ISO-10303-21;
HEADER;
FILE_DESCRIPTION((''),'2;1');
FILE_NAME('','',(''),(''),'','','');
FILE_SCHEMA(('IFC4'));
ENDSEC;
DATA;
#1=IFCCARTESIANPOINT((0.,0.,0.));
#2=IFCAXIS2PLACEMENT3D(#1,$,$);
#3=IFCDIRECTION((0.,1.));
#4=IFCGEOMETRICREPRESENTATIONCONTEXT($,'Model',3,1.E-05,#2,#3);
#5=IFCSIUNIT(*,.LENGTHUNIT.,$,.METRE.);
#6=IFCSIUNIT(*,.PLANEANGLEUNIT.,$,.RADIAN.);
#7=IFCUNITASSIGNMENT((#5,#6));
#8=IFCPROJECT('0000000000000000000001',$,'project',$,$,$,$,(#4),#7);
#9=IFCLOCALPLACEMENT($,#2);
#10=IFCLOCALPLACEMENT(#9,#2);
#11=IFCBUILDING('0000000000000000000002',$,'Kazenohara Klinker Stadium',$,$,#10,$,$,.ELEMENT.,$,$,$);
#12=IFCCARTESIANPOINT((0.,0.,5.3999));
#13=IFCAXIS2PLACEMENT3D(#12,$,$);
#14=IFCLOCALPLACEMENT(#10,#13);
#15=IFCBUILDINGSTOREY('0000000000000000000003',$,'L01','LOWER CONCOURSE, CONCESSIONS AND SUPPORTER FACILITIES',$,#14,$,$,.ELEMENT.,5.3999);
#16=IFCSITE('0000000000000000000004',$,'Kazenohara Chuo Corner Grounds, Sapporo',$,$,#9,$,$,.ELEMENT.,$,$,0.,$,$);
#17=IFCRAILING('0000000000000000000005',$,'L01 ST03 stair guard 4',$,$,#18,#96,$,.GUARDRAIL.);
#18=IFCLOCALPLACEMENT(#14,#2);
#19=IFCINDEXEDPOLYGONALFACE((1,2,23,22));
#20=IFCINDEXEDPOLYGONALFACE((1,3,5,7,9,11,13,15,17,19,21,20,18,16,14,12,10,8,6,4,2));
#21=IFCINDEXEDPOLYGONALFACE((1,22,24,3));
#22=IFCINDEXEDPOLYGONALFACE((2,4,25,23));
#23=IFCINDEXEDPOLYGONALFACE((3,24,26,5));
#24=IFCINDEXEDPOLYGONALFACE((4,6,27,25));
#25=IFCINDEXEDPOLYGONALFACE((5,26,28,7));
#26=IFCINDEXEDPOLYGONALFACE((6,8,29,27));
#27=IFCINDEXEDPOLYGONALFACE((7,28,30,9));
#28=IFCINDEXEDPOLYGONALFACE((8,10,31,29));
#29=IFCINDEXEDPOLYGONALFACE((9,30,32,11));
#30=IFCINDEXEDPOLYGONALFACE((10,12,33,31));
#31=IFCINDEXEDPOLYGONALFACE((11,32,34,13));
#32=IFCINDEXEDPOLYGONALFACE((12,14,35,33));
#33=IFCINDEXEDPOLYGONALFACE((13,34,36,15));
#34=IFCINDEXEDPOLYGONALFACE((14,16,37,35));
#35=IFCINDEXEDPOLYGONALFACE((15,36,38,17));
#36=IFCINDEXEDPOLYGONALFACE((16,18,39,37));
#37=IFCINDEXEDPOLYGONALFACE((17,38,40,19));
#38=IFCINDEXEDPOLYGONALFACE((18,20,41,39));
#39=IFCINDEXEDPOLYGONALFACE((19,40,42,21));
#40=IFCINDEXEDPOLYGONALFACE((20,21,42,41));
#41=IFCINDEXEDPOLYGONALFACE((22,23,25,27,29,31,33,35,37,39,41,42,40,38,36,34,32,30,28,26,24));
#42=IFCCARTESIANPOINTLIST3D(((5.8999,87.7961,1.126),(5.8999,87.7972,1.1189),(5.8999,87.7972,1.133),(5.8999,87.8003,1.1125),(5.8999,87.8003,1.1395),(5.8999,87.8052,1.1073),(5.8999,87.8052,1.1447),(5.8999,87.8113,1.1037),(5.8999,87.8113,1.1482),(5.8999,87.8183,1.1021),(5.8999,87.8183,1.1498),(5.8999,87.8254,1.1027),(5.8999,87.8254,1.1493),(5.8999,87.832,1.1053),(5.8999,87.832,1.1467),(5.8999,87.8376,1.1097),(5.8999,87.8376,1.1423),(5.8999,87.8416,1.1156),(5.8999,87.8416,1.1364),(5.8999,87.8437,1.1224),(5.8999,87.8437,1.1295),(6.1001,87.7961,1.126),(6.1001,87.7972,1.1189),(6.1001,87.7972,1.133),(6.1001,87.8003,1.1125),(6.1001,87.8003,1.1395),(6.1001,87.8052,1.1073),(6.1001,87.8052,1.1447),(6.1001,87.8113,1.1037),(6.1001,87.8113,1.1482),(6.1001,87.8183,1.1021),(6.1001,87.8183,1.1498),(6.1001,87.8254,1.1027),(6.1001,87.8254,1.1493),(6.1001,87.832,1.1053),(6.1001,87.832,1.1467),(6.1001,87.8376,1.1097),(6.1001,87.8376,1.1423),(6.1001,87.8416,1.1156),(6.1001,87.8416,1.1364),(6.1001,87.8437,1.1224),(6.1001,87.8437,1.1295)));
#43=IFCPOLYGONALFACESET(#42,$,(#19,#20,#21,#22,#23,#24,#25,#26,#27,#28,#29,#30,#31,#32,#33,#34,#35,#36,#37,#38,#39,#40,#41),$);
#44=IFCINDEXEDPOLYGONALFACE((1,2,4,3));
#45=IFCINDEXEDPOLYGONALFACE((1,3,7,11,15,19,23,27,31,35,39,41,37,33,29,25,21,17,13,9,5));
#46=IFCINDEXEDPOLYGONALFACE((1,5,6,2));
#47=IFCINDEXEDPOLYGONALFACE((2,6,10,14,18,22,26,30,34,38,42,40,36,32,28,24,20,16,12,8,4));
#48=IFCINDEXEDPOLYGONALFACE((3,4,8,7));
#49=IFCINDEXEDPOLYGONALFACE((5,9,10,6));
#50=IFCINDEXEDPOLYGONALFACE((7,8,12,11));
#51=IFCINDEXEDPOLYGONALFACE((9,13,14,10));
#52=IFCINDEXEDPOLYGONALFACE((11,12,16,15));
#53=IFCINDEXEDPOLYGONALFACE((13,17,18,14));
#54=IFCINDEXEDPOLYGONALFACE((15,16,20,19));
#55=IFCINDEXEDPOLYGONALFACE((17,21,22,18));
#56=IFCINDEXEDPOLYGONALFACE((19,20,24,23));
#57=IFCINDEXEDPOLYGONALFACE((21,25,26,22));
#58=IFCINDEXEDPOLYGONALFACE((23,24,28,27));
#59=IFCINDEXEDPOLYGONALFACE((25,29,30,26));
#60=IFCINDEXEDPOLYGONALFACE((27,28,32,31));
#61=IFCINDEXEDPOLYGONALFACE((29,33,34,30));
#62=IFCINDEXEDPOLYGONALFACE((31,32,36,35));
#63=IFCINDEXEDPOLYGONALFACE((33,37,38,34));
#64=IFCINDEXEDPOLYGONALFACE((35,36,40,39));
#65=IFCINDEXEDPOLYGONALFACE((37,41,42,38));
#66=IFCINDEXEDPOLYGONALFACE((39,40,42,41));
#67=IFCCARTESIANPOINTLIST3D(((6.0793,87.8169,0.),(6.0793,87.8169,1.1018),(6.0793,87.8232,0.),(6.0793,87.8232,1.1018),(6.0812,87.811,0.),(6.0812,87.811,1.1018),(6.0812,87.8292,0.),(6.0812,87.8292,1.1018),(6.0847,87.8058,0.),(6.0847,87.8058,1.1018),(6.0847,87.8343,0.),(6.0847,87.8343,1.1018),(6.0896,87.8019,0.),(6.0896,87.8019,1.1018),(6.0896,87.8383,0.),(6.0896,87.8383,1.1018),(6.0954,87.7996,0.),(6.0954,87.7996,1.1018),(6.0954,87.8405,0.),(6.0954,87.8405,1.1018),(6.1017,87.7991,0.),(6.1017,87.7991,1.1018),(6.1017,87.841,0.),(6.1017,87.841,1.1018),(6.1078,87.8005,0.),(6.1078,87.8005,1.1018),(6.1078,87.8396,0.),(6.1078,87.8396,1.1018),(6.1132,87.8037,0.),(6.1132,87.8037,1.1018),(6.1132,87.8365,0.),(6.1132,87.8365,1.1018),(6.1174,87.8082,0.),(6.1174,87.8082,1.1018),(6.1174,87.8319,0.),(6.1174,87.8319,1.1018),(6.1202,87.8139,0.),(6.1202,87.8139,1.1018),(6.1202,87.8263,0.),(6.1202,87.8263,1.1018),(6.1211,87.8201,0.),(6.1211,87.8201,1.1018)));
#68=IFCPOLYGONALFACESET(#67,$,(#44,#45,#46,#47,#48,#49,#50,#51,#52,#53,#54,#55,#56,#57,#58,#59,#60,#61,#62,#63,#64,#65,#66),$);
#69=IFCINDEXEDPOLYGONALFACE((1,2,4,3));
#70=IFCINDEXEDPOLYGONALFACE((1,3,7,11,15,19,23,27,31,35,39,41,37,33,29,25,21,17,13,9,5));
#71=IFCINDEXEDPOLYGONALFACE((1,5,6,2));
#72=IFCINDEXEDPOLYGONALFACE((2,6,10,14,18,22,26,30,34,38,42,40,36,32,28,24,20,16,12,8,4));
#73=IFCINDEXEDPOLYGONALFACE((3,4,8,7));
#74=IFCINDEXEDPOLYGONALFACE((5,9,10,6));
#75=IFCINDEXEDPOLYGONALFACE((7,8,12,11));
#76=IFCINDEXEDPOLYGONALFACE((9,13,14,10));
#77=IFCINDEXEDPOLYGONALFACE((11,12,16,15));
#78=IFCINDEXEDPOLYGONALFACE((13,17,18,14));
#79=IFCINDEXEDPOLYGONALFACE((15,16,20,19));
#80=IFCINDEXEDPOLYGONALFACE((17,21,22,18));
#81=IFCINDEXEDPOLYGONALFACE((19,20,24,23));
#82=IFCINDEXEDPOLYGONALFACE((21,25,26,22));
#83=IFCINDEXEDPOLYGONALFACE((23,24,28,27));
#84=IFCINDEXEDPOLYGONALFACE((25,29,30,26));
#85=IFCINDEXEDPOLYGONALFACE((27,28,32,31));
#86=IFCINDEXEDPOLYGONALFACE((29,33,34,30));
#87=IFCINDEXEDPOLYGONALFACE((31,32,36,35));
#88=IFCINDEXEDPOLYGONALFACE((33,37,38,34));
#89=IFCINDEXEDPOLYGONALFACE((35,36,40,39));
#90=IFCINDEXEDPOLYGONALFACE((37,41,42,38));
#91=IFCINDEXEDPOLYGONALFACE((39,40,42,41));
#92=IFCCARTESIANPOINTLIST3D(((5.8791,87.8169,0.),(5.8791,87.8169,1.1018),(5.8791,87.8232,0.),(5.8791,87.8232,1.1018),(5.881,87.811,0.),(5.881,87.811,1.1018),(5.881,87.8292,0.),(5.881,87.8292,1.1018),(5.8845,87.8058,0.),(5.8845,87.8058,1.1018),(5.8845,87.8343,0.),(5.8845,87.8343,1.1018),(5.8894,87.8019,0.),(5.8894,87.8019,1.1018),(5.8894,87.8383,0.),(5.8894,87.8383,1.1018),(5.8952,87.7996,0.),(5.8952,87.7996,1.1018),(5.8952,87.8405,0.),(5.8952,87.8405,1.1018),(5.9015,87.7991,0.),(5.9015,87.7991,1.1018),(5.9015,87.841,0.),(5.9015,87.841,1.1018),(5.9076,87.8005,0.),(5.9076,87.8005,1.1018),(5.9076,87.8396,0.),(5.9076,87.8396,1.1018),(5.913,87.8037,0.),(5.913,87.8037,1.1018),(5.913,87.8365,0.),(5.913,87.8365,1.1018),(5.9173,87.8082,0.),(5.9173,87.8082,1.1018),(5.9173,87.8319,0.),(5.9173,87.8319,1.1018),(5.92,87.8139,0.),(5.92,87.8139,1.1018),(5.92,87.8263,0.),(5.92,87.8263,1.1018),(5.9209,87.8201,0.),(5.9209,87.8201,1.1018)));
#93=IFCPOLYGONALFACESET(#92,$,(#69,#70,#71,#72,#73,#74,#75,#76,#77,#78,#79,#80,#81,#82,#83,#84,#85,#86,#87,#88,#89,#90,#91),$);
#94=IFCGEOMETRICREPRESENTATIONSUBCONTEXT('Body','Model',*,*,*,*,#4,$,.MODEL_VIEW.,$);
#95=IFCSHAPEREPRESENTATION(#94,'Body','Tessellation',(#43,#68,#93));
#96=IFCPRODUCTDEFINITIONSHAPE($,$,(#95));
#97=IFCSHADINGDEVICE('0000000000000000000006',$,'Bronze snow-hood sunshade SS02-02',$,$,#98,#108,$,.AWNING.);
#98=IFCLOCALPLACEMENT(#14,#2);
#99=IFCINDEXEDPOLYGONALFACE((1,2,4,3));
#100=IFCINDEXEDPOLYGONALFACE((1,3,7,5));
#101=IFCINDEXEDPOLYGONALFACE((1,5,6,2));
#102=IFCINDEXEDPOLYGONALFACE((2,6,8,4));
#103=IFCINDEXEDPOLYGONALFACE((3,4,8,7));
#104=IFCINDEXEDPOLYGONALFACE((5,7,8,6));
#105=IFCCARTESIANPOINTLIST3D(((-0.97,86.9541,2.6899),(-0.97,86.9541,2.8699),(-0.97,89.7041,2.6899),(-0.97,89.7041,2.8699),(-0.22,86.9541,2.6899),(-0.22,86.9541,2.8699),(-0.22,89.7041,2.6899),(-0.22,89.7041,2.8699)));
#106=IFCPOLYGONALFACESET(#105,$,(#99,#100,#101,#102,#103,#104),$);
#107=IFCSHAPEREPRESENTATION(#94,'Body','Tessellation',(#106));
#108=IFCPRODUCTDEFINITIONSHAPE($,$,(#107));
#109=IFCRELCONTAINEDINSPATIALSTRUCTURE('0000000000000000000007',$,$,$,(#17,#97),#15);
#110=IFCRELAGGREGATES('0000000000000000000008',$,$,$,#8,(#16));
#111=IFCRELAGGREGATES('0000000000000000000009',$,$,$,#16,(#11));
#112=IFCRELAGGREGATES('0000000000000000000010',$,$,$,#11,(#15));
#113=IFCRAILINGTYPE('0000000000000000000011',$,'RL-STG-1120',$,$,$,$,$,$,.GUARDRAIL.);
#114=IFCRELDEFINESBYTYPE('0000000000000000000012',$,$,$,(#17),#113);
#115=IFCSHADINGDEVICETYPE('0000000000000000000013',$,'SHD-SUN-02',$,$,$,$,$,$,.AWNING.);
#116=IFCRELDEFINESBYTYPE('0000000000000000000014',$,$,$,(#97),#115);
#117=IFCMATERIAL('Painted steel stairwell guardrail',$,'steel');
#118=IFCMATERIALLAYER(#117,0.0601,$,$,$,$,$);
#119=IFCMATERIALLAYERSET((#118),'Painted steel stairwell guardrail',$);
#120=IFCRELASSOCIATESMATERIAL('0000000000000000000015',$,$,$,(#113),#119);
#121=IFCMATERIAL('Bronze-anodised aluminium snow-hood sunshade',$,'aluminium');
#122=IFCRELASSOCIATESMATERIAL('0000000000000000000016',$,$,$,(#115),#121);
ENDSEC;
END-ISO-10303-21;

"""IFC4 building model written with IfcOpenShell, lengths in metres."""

from ifc_helpers import new_model, si_unit, direction, frame, origin, origin_2d, place, context, subcontext, project, spatial, rectangle, circle, extrude, material, layer, layer_set, type_object, element, save


model = new_model("IFC4")

# Units and contexts
model_context = context("Model", 3, precision=1e-05, world=origin(), true_north=direction((0.0, 1.0)))
body_context = subcontext(model_context, "Body", "Model", "MODEL_VIEW")
ifc_project = project(units=[si_unit("LENGTHUNIT", "METRE"), si_unit("PLANEANGLEUNIT", "RADIAN")], contexts=[model_context])

# Site, building, storey
site_placement = place(None, origin())
site = spatial("IfcSite", under=ifc_project, at=site_placement, Name="Kazenohara Chuo Corner Grounds, Sapporo", CompositionType="ELEMENT", RefElevation=0.0)
building_placement = place(site_placement, origin())
building = spatial("IfcBuilding", under=site, at=building_placement, Name="Kazenohara Klinker Stadium", CompositionType="ELEMENT")
storey_placement = place(building_placement, frame((0.0, 0.0, 5.3999)))
storey = spatial("IfcBuildingStorey", under=building, at=storey_placement, Name="L01", Description="LOWER CONCOURSE, CONCESSIONS AND SUPPORTER FACILITIES", CompositionType="ELEMENT", Elevation=5.3999)

# Railing
ifc_material_1 = material(Name="Painted steel stairwell guardrail", Category="steel")
ifc_layer_1 = layer(ifc_material_1, 0.0601)
ifc_layer_set_1 = layer_set([ifc_layer_1], Name="Painted steel stairwell guardrail")
railing_type_1 = type_object("IfcRailingType", Name="RL-STG-1120", PredefinedType="GUARDRAIL", material=ifc_layer_set_1)
railing_1_placement = place(storey_placement, frame((6.1001, 87.8201, 0.0)))
element("IfcRailing", 1, at=railing_1_placement, inside=storey, type_object=railing_type_1, Name="L01 ST03 stair guard 4", PredefinedType="GUARDRAIL", context=body_context, shape_type="SweptSolid", body=[
    extrude(circle(Radius=0.0239, at=origin_2d()), frame((0.0, 0.0, 1.126), z_axis=(-1.0, 0.0, 0.0), x_axis=(0.0, -1.0, 0.0)), (0.0, 0.0, 1.0), 0.2002),
    extrude(circle(Radius=0.021, at=origin_2d()), origin(), (0.0, 0.0, 1.0), 1.1018),
    extrude(circle(Radius=0.021, at=origin_2d()), frame((-0.2002, 0.0, 0.0)), (0.0, 0.0, 1.0), 1.1018),
])

# Shading device
ifc_material_2 = material(Name="Bronze-anodised aluminium snow-hood sunshade", Category="aluminium")
shading_device_type = type_object("IfcShadingDeviceType", Name="SHD-SUN-02", PredefinedType="AWNING", material=ifc_material_2)
shading_device_placement = place(storey_placement, frame((-0.595, 88.3291, 2.6899), z_axis=(0.0, 0.0, 1.0), x_axis=(0.0, 1.0, 0.0)))
element("IfcShadingDevice", 2, at=shading_device_placement, inside=storey, type_object=shading_device_type, Name="Bronze snow-hood sunshade SS02-02", PredefinedType="AWNING", context=body_context, shape_type="SweptSolid", body=[
    extrude(rectangle(XDim=2.75, YDim=0.75, at=origin_2d()), origin(), (0.0, 0.0, 1.0), 0.1799),
])

save(model, "model.ifc")
